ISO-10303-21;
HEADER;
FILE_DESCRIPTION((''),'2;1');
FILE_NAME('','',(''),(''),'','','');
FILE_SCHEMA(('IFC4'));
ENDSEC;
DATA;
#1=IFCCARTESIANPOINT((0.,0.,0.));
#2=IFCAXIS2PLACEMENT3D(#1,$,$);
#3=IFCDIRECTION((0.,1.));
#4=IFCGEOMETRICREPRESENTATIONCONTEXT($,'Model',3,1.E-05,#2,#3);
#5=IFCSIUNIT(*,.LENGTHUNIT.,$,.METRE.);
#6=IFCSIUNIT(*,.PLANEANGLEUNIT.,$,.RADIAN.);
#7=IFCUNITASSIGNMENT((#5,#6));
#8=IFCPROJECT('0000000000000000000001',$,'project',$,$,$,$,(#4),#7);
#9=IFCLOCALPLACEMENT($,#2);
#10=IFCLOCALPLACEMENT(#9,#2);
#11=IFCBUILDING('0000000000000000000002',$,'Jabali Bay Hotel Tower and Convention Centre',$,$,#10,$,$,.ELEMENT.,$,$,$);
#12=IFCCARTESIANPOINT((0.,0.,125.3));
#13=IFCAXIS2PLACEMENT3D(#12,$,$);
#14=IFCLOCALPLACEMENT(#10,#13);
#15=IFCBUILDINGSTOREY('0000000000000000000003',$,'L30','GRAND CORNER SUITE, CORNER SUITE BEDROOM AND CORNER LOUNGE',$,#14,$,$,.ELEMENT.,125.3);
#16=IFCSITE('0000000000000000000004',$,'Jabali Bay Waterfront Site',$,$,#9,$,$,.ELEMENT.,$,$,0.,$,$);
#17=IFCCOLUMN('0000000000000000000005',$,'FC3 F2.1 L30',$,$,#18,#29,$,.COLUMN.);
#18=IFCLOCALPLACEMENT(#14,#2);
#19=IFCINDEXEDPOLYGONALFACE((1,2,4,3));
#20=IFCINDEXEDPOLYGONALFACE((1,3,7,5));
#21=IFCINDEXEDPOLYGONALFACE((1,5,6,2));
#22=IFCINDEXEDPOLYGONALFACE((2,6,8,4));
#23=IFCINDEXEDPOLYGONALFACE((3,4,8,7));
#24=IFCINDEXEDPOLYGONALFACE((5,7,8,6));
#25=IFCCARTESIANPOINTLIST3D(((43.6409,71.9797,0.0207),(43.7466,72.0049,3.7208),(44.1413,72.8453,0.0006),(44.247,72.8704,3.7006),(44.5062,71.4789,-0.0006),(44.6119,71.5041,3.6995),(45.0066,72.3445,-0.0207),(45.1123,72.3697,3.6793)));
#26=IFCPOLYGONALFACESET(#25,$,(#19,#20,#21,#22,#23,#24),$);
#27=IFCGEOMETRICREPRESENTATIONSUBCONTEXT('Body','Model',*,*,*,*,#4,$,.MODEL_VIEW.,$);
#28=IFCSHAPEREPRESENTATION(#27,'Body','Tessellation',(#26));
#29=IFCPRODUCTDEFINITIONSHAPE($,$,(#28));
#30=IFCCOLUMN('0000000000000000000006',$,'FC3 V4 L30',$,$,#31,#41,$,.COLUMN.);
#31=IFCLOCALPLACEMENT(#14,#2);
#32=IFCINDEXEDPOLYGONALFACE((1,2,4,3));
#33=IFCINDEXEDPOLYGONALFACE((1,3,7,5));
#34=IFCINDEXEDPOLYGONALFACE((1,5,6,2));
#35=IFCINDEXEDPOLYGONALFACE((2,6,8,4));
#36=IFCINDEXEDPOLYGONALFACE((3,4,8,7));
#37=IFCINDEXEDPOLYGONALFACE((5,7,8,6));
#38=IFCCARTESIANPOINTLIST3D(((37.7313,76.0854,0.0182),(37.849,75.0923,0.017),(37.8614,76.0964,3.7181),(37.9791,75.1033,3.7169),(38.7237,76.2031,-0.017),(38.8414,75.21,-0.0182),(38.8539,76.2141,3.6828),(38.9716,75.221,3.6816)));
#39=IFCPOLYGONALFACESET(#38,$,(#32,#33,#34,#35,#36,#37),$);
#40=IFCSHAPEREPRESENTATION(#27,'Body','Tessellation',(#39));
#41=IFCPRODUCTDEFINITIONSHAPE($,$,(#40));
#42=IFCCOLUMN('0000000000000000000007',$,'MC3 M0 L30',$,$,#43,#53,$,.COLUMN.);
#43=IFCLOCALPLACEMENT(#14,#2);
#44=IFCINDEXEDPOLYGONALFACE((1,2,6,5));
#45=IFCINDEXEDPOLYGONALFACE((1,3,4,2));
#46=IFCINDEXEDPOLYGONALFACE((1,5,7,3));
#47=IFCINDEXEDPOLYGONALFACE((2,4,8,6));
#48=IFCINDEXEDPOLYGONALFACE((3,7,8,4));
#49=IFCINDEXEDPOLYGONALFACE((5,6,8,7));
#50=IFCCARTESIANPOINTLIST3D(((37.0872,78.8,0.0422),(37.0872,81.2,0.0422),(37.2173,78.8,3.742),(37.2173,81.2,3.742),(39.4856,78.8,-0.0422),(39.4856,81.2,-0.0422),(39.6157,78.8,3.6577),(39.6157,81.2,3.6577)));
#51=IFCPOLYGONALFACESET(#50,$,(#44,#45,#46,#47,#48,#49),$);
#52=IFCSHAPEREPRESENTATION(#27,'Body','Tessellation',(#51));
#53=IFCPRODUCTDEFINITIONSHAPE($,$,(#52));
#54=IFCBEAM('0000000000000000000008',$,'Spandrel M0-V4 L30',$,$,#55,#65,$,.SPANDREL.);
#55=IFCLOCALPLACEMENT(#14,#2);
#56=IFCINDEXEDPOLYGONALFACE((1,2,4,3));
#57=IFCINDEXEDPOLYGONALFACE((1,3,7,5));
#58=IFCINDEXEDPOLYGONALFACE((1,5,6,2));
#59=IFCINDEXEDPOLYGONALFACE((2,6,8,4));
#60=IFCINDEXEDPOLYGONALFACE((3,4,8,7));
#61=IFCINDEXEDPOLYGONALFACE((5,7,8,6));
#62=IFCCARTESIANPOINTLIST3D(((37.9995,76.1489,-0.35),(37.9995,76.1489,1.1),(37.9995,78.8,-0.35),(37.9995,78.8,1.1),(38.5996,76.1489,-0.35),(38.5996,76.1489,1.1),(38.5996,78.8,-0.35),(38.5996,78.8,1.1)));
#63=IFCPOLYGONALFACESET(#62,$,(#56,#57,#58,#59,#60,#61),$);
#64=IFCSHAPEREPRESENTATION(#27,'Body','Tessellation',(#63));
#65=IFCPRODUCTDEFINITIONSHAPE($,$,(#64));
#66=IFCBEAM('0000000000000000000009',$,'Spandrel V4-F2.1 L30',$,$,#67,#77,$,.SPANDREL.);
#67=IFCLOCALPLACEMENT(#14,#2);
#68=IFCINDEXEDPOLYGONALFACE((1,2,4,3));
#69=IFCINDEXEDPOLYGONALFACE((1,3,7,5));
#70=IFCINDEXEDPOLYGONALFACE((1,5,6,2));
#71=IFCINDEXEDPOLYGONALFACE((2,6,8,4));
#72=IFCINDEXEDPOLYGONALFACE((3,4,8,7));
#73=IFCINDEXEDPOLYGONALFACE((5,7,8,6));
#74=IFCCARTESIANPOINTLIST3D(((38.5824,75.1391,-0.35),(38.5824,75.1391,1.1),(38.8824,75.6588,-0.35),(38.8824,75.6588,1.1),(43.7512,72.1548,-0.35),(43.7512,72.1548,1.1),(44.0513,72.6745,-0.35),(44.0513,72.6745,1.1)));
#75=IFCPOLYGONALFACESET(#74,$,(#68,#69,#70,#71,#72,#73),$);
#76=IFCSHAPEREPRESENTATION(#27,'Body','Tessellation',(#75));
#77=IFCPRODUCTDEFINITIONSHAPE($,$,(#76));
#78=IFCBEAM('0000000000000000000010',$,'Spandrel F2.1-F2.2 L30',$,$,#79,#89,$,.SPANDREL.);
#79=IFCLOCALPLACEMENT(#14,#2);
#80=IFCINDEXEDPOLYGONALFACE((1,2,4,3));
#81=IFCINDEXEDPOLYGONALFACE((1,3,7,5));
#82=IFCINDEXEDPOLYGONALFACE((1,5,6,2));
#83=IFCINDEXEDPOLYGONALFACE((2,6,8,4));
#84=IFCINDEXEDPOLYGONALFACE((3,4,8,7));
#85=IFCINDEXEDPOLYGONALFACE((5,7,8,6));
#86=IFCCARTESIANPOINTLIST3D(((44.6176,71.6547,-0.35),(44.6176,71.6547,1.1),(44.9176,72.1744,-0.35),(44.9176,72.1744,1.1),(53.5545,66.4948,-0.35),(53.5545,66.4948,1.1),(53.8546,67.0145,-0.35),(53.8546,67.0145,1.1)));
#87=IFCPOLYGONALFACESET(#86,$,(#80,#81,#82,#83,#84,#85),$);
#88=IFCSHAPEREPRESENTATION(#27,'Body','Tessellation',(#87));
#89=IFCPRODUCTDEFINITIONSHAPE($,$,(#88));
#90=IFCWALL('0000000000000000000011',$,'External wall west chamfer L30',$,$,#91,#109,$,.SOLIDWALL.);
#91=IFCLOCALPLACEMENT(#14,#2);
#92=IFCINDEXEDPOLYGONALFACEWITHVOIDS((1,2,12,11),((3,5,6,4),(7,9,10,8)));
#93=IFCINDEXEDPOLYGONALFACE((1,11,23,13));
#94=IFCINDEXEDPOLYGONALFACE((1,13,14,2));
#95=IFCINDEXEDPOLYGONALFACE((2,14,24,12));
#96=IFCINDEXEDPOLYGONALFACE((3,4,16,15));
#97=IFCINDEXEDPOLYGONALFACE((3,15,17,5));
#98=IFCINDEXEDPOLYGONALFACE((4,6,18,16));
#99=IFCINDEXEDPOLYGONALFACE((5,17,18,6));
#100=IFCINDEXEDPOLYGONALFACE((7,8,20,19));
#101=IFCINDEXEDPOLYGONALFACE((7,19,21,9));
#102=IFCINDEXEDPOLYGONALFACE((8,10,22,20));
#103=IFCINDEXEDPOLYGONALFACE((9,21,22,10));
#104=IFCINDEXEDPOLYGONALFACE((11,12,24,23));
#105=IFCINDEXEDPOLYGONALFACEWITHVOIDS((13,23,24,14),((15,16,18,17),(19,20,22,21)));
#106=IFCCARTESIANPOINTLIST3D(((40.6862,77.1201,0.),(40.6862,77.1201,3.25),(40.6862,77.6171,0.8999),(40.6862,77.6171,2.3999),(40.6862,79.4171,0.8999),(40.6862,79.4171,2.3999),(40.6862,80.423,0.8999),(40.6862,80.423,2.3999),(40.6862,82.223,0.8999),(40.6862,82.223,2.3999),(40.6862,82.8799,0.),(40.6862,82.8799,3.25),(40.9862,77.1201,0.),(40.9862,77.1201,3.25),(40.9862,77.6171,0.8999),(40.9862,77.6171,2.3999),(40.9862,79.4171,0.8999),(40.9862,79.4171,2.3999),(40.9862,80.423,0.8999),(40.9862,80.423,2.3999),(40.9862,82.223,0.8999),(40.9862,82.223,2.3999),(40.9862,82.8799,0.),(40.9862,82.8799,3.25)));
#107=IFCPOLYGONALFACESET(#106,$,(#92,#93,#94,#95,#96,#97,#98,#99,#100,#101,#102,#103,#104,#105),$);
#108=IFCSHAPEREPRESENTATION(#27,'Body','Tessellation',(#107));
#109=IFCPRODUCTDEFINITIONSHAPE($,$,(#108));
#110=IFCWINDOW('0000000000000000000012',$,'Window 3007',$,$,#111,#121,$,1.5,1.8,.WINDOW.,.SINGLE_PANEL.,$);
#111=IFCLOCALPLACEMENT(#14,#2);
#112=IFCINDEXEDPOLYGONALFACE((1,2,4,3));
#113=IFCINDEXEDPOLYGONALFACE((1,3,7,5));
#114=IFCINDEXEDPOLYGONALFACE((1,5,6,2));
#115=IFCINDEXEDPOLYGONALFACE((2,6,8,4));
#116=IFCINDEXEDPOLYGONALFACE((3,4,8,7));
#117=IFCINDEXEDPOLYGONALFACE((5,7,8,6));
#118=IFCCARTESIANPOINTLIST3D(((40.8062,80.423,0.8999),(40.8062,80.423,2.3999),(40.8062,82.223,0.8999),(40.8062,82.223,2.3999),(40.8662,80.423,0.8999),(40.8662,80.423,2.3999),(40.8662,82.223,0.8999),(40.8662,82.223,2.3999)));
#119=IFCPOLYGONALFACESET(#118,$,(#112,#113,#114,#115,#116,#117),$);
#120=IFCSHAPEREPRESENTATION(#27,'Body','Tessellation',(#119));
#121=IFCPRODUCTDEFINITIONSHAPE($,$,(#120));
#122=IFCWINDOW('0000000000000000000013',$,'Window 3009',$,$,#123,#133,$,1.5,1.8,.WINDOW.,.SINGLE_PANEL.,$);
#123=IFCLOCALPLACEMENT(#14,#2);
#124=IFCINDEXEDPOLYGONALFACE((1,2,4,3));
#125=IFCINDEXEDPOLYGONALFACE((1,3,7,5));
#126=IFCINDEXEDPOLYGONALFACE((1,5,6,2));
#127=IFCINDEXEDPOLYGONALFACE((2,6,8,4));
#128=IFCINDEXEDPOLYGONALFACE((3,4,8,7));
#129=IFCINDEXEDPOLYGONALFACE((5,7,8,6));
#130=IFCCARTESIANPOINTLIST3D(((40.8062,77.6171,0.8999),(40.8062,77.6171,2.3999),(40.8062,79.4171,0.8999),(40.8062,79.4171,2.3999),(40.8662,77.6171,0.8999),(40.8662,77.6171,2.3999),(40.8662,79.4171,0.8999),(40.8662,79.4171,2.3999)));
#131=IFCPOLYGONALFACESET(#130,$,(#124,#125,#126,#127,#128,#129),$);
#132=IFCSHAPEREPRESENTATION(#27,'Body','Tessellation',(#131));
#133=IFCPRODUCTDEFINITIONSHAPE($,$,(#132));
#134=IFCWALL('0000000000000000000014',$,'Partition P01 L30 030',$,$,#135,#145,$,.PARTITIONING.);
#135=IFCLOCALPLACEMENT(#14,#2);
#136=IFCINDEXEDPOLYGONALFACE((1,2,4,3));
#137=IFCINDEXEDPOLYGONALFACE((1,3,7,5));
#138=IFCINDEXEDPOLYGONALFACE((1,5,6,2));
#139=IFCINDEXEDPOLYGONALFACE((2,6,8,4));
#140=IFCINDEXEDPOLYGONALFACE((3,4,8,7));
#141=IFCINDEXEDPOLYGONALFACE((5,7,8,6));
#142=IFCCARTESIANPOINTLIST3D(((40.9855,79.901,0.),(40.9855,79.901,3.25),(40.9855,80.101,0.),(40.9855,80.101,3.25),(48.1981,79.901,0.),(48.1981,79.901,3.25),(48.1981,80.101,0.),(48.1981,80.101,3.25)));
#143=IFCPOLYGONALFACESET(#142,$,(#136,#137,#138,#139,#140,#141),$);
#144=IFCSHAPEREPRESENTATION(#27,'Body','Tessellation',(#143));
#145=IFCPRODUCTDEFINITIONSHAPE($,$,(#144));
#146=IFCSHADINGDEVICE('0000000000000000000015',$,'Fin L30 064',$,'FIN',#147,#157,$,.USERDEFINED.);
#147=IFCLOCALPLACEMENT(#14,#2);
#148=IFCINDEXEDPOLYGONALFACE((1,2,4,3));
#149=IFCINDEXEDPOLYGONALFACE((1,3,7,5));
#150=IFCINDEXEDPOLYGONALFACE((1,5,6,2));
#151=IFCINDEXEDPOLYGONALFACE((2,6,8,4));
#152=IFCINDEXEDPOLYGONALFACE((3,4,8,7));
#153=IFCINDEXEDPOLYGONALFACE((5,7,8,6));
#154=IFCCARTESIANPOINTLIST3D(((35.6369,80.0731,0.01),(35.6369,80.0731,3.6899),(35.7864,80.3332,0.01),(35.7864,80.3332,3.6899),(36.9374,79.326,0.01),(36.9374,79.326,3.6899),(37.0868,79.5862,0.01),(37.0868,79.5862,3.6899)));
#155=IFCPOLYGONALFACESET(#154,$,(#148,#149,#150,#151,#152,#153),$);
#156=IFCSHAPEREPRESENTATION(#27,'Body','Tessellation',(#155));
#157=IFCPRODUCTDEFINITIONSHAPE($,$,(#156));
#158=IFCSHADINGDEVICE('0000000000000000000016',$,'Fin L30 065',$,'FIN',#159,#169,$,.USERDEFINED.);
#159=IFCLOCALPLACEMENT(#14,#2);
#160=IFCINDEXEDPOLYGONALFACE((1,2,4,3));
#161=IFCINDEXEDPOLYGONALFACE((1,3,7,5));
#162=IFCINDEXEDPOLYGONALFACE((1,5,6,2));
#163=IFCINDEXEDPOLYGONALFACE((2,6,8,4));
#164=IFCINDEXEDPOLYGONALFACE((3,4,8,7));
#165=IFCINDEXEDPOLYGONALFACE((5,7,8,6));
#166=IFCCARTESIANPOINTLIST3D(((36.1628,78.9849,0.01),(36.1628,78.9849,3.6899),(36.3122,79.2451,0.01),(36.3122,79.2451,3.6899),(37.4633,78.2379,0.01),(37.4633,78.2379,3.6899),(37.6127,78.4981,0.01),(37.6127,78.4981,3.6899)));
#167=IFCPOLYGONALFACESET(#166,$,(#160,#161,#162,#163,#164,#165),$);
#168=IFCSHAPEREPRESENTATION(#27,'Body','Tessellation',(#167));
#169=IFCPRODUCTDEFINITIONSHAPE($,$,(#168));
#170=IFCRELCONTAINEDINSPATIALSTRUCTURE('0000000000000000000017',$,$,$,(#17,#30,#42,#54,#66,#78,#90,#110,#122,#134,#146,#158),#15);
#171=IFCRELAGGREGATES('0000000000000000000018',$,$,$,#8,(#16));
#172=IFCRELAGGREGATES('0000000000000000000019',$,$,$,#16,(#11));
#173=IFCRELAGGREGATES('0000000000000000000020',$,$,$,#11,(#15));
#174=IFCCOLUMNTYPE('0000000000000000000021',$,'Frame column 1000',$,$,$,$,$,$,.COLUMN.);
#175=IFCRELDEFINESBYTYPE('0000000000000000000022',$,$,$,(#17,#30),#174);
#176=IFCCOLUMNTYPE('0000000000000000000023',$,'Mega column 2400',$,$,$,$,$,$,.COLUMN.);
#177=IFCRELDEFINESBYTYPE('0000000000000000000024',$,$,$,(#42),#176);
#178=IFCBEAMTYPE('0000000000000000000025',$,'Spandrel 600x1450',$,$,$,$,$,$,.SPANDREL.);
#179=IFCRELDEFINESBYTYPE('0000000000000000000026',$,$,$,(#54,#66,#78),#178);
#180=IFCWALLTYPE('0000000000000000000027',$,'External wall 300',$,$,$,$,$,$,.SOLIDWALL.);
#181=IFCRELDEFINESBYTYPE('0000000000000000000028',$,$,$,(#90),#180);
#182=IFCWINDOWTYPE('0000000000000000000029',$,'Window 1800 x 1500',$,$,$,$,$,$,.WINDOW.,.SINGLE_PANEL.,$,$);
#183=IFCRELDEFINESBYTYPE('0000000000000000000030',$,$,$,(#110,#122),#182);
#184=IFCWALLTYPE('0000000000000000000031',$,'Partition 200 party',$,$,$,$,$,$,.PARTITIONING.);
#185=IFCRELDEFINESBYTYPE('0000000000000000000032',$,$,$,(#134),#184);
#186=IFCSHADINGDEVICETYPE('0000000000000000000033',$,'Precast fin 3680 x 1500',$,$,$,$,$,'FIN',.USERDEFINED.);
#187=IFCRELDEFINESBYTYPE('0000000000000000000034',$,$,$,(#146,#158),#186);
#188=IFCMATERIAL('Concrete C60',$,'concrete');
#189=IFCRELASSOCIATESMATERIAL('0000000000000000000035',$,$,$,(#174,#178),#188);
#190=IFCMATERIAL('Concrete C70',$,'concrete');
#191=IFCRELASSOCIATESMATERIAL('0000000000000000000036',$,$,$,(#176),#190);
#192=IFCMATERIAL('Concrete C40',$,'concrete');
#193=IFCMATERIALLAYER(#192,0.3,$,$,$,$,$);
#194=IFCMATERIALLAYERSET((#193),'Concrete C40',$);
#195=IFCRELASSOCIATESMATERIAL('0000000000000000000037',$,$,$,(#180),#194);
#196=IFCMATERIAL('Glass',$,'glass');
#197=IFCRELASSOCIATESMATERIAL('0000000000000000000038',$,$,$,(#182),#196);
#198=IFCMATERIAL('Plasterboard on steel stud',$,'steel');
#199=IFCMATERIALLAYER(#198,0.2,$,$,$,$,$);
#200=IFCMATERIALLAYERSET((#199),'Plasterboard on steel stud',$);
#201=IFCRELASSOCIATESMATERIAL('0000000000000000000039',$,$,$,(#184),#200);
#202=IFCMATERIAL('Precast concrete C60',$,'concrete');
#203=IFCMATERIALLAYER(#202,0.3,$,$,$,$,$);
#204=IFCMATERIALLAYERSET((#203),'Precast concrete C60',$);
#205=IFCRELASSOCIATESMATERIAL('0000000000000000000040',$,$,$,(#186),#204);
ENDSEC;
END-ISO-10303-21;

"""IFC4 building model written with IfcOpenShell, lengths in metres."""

from ifc_helpers import new_model, si_unit, direction, frame, frame_2d, origin, origin_2d, place, context, subcontext, project, spatial, rectangle, extrude, material, layer, layer_set, material_profile, profile_set, type_object, element, fill, save


model = new_model("IFC4")

# Units and contexts
model_context = context("Model", 3, precision=1e-05, world=origin(), true_north=direction((0.0, 1.0)))
body_context = subcontext(model_context, "Body", "Model", "MODEL_VIEW")
ifc_project = project(units=[si_unit("LENGTHUNIT", "METRE"), si_unit("PLANEANGLEUNIT", "RADIAN")], contexts=[model_context])

# Site, building, storey
site_placement = place(None, origin())
site = spatial("IfcSite", under=ifc_project, at=site_placement, Name="Jabali Bay Waterfront Site", CompositionType="ELEMENT", RefElevation=0.0)
building_placement = place(site_placement, origin())
building = spatial("IfcBuilding", under=site, at=building_placement, Name="Jabali Bay Hotel Tower and Convention Centre", CompositionType="ELEMENT")
storey_placement = place(building_placement, frame((0.0, 0.0, 125.3)))
storey = spatial("IfcBuildingStorey", under=building, at=storey_placement, Name="L30", Description="GRAND CORNER SUITE, CORNER SUITE BEDROOM AND CORNER LOUNGE", CompositionType="ELEMENT", Elevation=125.3)

# Columns
ifc_material_1 = material(Name="Concrete C60", Category="concrete")
ifc_material_profile_1 = material_profile(ifc_material_1, rectangle(XDim=1.0, YDim=1.0, at=origin_2d()), Name="Frame column 1000")
ifc_profile_set_1 = profile_set([ifc_material_profile_1], Name="Concrete C60")
column_type_1 = type_object("IfcColumnType", Name="Frame column 1000", PredefinedType="COLUMN", material=ifc_profile_set_1)
column_1_placement = place(storey_placement, frame((44.3237, 72.1621, 0.0), z_axis=(0.028559, 0.006794, 0.999569), x_axis=(-0.86532, 0.500766, 0.02132)))
element("IfcColumn", 1, at=column_1_placement, inside=storey, type_object=column_type_1, Name="FC3 F2.1 L30", PredefinedType="COLUMN", context=body_context, shape_type="SweptSolid", body=[
    extrude(rectangle(XDim=1.0, YDim=1.0, at=origin_2d()), origin(), (0.0, 0.0, 1.0), 3.7017),
])
column_2_placement = place(storey_placement, frame((38.2864, 75.6477, 0.0), z_axis=(0.035148, 0.002967, 0.999378), x_axis=(-0.117701, 0.993048, 0.001191)))
element("IfcColumn", 2, at=column_2_placement, inside=storey, type_object=column_type_1, Name="FC3 V4 L30", PredefinedType="COLUMN", context=body_context, shape_type="SweptSolid", body=[
    extrude(rectangle(XDim=1.0, YDim=1.0, at=origin_2d()), origin(), (0.0, 0.0, 1.0), 3.7021),
])
ifc_material_2 = material(Name="Concrete C70", Category="concrete")
ifc_material_profile_2 = material_profile(ifc_material_2, rectangle(XDim=2.3999, YDim=2.3999, at=origin_2d()), Name="Mega column 2400")
ifc_profile_set_2 = profile_set([ifc_material_profile_2], Name="Concrete C70")
column_type_2 = type_object("IfcColumnType", Name="Mega column 2400", PredefinedType="COLUMN", material=ifc_profile_set_2)
column_3_placement = place(storey_placement, frame((38.2864, 80.0, 0.0), z_axis=(0.035148, 0.0, 0.999382), x_axis=(0.0, 1.0, 0.0)))
element("IfcColumn", 3, at=column_3_placement, inside=storey, type_object=column_type_2, Name="MC3 M0 L30", PredefinedType="COLUMN", context=body_context, shape_type="SweptSolid", body=[
    extrude(rectangle(XDim=2.3999, YDim=2.3999, at=origin_2d()), origin(), (0.0, 0.0, 1.0), 3.7021),
])

# Beams
ifc_material_profile_3 = material_profile(ifc_material_1, rectangle(XDim=0.6001, YDim=1.45, at=origin_2d()), Name="Spandrel 600x1450")
ifc_profile_set_3 = profile_set([ifc_material_profile_3], Name="Concrete C60")
beam_type = type_object("IfcBeamType", Name="Spandrel 600x1450", PredefinedType="SPANDREL", material=ifc_profile_set_3)
beam_1_placement = place(storey_placement, frame((38.2996, 78.8, 0.375), z_axis=(0.0, -1.0, 0.0), x_axis=(1.0, 0.0, 0.0)))
element("IfcBeam", 4, at=beam_1_placement, inside=storey, type_object=beam_type, Name="Spandrel M0-V4 L30", PredefinedType="SPANDREL", context=body_context, shape_type="SweptSolid", body=[
    extrude(rectangle(XDim=0.6001, YDim=1.45, at=origin_2d()), origin(), (0.0, 0.0, 1.0), 2.6511),
])
beam_2_placement = place(storey_placement, frame((38.7324, 75.3989, 0.375), z_axis=(0.866019, -0.50001, 0.0), x_axis=(0.50001, 0.866019, 0.0)))
element("IfcBeam", 5, at=beam_2_placement, inside=storey, type_object=beam_type, Name="Spandrel V4-F2.1 L30", PredefinedType="SPANDREL", context=body_context, shape_type="SweptSolid", body=[
    extrude(rectangle(XDim=0.6001, YDim=1.45, at=origin_2d()), origin(), (0.0, 0.0, 1.0), 5.9685),
])
beam_3_placement = place(storey_placement, frame((44.7676, 71.9146, 0.375), z_axis=(0.86602, -0.500009, 0.0), x_axis=(0.500009, 0.86602, 0.0)))
element("IfcBeam", 6, at=beam_3_placement, inside=storey, type_object=beam_type, Name="Spandrel F2.1-F2.2 L30", PredefinedType="SPANDREL", context=body_context, shape_type="SweptSolid", body=[
    extrude(rectangle(XDim=0.6001, YDim=1.45, at=origin_2d()), origin(), (0.0, 0.0, 1.0), 10.3196),
])

# Wall, openings, windows
ifc_material_3 = material(Name="Concrete C40", Category="concrete")
ifc_layer_1 = layer(ifc_material_3, 0.3)
ifc_layer_set_1 = layer_set([ifc_layer_1], Name="Concrete C40")
wall_type_1 = type_object("IfcWallType", Name="External wall 300", PredefinedType="SOLIDWALL", material=ifc_layer_set_1)
wall_1_placement = place(storey_placement, frame((40.8362, 77.1201, 0.0), z_axis=(0.0, 0.0, 1.0), x_axis=(0.0, 1.0, 0.0)))
wall_1 = element("IfcWall", 7, at=wall_1_placement, inside=storey, type_object=wall_type_1, Name="External wall west chamfer L30", PredefinedType="SOLIDWALL", context=body_context, shape_type="SweptSolid", body=[
    extrude(rectangle(XDim=5.7598, YDim=0.3, at=frame_2d((2.8799, 0.0))), origin(), (0.0, 0.0, 1.0), 3.25),
])
opening_1_placement = place(wall_1_placement, frame((3.303, 0.0, 0.8999)))
opening_1 = element("IfcOpeningElement", 8, at=opening_1_placement, cuts=wall_1, PredefinedType="OPENING", context=body_context, shape_type="SweptSolid", body=[
    extrude(rectangle(XDim=1.8, YDim=1.5, at=frame_2d((0.8999, 0.75))), frame((0.0, 0.1606, 0.0), z_axis=(0.0, -1.0, 0.0), x_axis=(1.0, 0.0, 0.0)), (0.0, 0.0, 1.0), 0.321),
])
opening_2_placement = place(wall_1_placement, frame((0.4971, 0.0, 0.8999)))
opening_2 = element("IfcOpeningElement", 9, at=opening_2_placement, cuts=wall_1, PredefinedType="OPENING", context=body_context, shape_type="SweptSolid", body=[
    extrude(rectangle(XDim=1.8, YDim=1.5, at=frame_2d((0.8999, 0.75))), frame((0.0, 0.1606, 0.0), z_axis=(0.0, -1.0, 0.0), x_axis=(1.0, 0.0, 0.0)), (0.0, 0.0, 1.0), 0.321),
])
ifc_material_4 = material(Name="Glass", Category="glass")
window_type = type_object("IfcWindowType", Name="Window 1800 x 1500", PartitioningType="SINGLE_PANEL", PredefinedType="WINDOW", material=ifc_material_4)
window_1_placement = place(opening_1_placement, origin())
window_1 = element("IfcWindow", 10, at=window_1_placement, inside=storey, type_object=window_type, Name="Window 3007", OverallHeight=1.5, OverallWidth=1.8, PartitioningType="SINGLE_PANEL", PredefinedType="WINDOW", context=body_context, shape_type="SweptSolid", body=[
    extrude(rectangle(XDim=1.8, YDim=1.5, at=frame_2d((0.8999, 0.75))), frame((0.0, 0.03, 0.0), z_axis=(0.0, -1.0, 0.0), x_axis=(1.0, 0.0, 0.0)), (0.0, 0.0, 1.0), 0.0601),
])
fill(opening_1, window_1)
window_2_placement = place(opening_2_placement, origin())
window_2 = element("IfcWindow", 11, at=window_2_placement, inside=storey, type_object=window_type, Name="Window 3009", OverallHeight=1.5, OverallWidth=1.8, PartitioningType="SINGLE_PANEL", PredefinedType="WINDOW", context=body_context, shape_type="SweptSolid", body=[
    extrude(rectangle(XDim=1.8, YDim=1.5, at=frame_2d((0.8999, 0.75))), frame((0.0, 0.03, 0.0), z_axis=(0.0, -1.0, 0.0), x_axis=(1.0, 0.0, 0.0)), (0.0, 0.0, 1.0), 0.0601),
])
fill(opening_2, window_2)

# Wall
ifc_material_5 = material(Name="Plasterboard on steel stud", Category="steel")
ifc_layer_2 = layer(ifc_material_5, 0.2)
ifc_layer_set_2 = layer_set([ifc_layer_2], Name="Plasterboard on steel stud")
wall_type_2 = type_object("IfcWallType", Name="Partition 200 party", PredefinedType="PARTITIONING", material=ifc_layer_set_2)
wall_2_placement = place(storey_placement, frame((40.9854, 80.001, 0.0), z_axis=(0.0, 0.0, 1.0), x_axis=(1.0, 0.0, 0.0)))
element("IfcWall", 12, at=wall_2_placement, inside=storey, type_object=wall_type_2, Name="Partition P01 L30 030", PredefinedType="PARTITIONING", context=body_context, shape_type="SweptSolid", body=[
    extrude(rectangle(XDim=7.2126, YDim=0.2, at=frame_2d((3.6064, 0.0))), origin(), (0.0, 0.0, 1.0), 3.25),
])

# Shading devices
ifc_material_6 = material(Name="Precast concrete C60", Category="concrete")
ifc_layer_3 = layer(ifc_material_6, 0.3)
ifc_layer_set_3 = layer_set([ifc_layer_3], Name="Precast concrete C60")
shading_device_type = type_object("IfcShadingDeviceType", Name="Precast fin 3680 x 1500", ElementType="FIN", PredefinedType="USERDEFINED", material=ifc_layer_set_3)
for number, where, z_axis, x_axis, name in (
    (13, (37.0122, 79.4561, 0.01), (0.0, 0.0, 1.0), (-0.867119, 0.498101, 0.0), "Fin L30 064"),
    (14, (37.5381, 78.3679, 0.01), (0.0, 0.0, 1.0), (-0.867119, 0.498101, 0.0), "Fin L30 065"),
):
    element("IfcShadingDevice", number, at=place(storey_placement, frame(where, z_axis=z_axis, x_axis=x_axis)), inside=storey, type_object=shading_device_type, Name=name, ObjectType="FIN", PredefinedType="USERDEFINED", context=body_context, shape_type="SweptSolid", body=[
        extrude(rectangle(XDim=1.4998, YDim=0.3, at=frame_2d((0.75, 0.0))), origin(), (0.0, 0.0, 1.0), 3.6799),
    ])

save(model, "model.ifc")
